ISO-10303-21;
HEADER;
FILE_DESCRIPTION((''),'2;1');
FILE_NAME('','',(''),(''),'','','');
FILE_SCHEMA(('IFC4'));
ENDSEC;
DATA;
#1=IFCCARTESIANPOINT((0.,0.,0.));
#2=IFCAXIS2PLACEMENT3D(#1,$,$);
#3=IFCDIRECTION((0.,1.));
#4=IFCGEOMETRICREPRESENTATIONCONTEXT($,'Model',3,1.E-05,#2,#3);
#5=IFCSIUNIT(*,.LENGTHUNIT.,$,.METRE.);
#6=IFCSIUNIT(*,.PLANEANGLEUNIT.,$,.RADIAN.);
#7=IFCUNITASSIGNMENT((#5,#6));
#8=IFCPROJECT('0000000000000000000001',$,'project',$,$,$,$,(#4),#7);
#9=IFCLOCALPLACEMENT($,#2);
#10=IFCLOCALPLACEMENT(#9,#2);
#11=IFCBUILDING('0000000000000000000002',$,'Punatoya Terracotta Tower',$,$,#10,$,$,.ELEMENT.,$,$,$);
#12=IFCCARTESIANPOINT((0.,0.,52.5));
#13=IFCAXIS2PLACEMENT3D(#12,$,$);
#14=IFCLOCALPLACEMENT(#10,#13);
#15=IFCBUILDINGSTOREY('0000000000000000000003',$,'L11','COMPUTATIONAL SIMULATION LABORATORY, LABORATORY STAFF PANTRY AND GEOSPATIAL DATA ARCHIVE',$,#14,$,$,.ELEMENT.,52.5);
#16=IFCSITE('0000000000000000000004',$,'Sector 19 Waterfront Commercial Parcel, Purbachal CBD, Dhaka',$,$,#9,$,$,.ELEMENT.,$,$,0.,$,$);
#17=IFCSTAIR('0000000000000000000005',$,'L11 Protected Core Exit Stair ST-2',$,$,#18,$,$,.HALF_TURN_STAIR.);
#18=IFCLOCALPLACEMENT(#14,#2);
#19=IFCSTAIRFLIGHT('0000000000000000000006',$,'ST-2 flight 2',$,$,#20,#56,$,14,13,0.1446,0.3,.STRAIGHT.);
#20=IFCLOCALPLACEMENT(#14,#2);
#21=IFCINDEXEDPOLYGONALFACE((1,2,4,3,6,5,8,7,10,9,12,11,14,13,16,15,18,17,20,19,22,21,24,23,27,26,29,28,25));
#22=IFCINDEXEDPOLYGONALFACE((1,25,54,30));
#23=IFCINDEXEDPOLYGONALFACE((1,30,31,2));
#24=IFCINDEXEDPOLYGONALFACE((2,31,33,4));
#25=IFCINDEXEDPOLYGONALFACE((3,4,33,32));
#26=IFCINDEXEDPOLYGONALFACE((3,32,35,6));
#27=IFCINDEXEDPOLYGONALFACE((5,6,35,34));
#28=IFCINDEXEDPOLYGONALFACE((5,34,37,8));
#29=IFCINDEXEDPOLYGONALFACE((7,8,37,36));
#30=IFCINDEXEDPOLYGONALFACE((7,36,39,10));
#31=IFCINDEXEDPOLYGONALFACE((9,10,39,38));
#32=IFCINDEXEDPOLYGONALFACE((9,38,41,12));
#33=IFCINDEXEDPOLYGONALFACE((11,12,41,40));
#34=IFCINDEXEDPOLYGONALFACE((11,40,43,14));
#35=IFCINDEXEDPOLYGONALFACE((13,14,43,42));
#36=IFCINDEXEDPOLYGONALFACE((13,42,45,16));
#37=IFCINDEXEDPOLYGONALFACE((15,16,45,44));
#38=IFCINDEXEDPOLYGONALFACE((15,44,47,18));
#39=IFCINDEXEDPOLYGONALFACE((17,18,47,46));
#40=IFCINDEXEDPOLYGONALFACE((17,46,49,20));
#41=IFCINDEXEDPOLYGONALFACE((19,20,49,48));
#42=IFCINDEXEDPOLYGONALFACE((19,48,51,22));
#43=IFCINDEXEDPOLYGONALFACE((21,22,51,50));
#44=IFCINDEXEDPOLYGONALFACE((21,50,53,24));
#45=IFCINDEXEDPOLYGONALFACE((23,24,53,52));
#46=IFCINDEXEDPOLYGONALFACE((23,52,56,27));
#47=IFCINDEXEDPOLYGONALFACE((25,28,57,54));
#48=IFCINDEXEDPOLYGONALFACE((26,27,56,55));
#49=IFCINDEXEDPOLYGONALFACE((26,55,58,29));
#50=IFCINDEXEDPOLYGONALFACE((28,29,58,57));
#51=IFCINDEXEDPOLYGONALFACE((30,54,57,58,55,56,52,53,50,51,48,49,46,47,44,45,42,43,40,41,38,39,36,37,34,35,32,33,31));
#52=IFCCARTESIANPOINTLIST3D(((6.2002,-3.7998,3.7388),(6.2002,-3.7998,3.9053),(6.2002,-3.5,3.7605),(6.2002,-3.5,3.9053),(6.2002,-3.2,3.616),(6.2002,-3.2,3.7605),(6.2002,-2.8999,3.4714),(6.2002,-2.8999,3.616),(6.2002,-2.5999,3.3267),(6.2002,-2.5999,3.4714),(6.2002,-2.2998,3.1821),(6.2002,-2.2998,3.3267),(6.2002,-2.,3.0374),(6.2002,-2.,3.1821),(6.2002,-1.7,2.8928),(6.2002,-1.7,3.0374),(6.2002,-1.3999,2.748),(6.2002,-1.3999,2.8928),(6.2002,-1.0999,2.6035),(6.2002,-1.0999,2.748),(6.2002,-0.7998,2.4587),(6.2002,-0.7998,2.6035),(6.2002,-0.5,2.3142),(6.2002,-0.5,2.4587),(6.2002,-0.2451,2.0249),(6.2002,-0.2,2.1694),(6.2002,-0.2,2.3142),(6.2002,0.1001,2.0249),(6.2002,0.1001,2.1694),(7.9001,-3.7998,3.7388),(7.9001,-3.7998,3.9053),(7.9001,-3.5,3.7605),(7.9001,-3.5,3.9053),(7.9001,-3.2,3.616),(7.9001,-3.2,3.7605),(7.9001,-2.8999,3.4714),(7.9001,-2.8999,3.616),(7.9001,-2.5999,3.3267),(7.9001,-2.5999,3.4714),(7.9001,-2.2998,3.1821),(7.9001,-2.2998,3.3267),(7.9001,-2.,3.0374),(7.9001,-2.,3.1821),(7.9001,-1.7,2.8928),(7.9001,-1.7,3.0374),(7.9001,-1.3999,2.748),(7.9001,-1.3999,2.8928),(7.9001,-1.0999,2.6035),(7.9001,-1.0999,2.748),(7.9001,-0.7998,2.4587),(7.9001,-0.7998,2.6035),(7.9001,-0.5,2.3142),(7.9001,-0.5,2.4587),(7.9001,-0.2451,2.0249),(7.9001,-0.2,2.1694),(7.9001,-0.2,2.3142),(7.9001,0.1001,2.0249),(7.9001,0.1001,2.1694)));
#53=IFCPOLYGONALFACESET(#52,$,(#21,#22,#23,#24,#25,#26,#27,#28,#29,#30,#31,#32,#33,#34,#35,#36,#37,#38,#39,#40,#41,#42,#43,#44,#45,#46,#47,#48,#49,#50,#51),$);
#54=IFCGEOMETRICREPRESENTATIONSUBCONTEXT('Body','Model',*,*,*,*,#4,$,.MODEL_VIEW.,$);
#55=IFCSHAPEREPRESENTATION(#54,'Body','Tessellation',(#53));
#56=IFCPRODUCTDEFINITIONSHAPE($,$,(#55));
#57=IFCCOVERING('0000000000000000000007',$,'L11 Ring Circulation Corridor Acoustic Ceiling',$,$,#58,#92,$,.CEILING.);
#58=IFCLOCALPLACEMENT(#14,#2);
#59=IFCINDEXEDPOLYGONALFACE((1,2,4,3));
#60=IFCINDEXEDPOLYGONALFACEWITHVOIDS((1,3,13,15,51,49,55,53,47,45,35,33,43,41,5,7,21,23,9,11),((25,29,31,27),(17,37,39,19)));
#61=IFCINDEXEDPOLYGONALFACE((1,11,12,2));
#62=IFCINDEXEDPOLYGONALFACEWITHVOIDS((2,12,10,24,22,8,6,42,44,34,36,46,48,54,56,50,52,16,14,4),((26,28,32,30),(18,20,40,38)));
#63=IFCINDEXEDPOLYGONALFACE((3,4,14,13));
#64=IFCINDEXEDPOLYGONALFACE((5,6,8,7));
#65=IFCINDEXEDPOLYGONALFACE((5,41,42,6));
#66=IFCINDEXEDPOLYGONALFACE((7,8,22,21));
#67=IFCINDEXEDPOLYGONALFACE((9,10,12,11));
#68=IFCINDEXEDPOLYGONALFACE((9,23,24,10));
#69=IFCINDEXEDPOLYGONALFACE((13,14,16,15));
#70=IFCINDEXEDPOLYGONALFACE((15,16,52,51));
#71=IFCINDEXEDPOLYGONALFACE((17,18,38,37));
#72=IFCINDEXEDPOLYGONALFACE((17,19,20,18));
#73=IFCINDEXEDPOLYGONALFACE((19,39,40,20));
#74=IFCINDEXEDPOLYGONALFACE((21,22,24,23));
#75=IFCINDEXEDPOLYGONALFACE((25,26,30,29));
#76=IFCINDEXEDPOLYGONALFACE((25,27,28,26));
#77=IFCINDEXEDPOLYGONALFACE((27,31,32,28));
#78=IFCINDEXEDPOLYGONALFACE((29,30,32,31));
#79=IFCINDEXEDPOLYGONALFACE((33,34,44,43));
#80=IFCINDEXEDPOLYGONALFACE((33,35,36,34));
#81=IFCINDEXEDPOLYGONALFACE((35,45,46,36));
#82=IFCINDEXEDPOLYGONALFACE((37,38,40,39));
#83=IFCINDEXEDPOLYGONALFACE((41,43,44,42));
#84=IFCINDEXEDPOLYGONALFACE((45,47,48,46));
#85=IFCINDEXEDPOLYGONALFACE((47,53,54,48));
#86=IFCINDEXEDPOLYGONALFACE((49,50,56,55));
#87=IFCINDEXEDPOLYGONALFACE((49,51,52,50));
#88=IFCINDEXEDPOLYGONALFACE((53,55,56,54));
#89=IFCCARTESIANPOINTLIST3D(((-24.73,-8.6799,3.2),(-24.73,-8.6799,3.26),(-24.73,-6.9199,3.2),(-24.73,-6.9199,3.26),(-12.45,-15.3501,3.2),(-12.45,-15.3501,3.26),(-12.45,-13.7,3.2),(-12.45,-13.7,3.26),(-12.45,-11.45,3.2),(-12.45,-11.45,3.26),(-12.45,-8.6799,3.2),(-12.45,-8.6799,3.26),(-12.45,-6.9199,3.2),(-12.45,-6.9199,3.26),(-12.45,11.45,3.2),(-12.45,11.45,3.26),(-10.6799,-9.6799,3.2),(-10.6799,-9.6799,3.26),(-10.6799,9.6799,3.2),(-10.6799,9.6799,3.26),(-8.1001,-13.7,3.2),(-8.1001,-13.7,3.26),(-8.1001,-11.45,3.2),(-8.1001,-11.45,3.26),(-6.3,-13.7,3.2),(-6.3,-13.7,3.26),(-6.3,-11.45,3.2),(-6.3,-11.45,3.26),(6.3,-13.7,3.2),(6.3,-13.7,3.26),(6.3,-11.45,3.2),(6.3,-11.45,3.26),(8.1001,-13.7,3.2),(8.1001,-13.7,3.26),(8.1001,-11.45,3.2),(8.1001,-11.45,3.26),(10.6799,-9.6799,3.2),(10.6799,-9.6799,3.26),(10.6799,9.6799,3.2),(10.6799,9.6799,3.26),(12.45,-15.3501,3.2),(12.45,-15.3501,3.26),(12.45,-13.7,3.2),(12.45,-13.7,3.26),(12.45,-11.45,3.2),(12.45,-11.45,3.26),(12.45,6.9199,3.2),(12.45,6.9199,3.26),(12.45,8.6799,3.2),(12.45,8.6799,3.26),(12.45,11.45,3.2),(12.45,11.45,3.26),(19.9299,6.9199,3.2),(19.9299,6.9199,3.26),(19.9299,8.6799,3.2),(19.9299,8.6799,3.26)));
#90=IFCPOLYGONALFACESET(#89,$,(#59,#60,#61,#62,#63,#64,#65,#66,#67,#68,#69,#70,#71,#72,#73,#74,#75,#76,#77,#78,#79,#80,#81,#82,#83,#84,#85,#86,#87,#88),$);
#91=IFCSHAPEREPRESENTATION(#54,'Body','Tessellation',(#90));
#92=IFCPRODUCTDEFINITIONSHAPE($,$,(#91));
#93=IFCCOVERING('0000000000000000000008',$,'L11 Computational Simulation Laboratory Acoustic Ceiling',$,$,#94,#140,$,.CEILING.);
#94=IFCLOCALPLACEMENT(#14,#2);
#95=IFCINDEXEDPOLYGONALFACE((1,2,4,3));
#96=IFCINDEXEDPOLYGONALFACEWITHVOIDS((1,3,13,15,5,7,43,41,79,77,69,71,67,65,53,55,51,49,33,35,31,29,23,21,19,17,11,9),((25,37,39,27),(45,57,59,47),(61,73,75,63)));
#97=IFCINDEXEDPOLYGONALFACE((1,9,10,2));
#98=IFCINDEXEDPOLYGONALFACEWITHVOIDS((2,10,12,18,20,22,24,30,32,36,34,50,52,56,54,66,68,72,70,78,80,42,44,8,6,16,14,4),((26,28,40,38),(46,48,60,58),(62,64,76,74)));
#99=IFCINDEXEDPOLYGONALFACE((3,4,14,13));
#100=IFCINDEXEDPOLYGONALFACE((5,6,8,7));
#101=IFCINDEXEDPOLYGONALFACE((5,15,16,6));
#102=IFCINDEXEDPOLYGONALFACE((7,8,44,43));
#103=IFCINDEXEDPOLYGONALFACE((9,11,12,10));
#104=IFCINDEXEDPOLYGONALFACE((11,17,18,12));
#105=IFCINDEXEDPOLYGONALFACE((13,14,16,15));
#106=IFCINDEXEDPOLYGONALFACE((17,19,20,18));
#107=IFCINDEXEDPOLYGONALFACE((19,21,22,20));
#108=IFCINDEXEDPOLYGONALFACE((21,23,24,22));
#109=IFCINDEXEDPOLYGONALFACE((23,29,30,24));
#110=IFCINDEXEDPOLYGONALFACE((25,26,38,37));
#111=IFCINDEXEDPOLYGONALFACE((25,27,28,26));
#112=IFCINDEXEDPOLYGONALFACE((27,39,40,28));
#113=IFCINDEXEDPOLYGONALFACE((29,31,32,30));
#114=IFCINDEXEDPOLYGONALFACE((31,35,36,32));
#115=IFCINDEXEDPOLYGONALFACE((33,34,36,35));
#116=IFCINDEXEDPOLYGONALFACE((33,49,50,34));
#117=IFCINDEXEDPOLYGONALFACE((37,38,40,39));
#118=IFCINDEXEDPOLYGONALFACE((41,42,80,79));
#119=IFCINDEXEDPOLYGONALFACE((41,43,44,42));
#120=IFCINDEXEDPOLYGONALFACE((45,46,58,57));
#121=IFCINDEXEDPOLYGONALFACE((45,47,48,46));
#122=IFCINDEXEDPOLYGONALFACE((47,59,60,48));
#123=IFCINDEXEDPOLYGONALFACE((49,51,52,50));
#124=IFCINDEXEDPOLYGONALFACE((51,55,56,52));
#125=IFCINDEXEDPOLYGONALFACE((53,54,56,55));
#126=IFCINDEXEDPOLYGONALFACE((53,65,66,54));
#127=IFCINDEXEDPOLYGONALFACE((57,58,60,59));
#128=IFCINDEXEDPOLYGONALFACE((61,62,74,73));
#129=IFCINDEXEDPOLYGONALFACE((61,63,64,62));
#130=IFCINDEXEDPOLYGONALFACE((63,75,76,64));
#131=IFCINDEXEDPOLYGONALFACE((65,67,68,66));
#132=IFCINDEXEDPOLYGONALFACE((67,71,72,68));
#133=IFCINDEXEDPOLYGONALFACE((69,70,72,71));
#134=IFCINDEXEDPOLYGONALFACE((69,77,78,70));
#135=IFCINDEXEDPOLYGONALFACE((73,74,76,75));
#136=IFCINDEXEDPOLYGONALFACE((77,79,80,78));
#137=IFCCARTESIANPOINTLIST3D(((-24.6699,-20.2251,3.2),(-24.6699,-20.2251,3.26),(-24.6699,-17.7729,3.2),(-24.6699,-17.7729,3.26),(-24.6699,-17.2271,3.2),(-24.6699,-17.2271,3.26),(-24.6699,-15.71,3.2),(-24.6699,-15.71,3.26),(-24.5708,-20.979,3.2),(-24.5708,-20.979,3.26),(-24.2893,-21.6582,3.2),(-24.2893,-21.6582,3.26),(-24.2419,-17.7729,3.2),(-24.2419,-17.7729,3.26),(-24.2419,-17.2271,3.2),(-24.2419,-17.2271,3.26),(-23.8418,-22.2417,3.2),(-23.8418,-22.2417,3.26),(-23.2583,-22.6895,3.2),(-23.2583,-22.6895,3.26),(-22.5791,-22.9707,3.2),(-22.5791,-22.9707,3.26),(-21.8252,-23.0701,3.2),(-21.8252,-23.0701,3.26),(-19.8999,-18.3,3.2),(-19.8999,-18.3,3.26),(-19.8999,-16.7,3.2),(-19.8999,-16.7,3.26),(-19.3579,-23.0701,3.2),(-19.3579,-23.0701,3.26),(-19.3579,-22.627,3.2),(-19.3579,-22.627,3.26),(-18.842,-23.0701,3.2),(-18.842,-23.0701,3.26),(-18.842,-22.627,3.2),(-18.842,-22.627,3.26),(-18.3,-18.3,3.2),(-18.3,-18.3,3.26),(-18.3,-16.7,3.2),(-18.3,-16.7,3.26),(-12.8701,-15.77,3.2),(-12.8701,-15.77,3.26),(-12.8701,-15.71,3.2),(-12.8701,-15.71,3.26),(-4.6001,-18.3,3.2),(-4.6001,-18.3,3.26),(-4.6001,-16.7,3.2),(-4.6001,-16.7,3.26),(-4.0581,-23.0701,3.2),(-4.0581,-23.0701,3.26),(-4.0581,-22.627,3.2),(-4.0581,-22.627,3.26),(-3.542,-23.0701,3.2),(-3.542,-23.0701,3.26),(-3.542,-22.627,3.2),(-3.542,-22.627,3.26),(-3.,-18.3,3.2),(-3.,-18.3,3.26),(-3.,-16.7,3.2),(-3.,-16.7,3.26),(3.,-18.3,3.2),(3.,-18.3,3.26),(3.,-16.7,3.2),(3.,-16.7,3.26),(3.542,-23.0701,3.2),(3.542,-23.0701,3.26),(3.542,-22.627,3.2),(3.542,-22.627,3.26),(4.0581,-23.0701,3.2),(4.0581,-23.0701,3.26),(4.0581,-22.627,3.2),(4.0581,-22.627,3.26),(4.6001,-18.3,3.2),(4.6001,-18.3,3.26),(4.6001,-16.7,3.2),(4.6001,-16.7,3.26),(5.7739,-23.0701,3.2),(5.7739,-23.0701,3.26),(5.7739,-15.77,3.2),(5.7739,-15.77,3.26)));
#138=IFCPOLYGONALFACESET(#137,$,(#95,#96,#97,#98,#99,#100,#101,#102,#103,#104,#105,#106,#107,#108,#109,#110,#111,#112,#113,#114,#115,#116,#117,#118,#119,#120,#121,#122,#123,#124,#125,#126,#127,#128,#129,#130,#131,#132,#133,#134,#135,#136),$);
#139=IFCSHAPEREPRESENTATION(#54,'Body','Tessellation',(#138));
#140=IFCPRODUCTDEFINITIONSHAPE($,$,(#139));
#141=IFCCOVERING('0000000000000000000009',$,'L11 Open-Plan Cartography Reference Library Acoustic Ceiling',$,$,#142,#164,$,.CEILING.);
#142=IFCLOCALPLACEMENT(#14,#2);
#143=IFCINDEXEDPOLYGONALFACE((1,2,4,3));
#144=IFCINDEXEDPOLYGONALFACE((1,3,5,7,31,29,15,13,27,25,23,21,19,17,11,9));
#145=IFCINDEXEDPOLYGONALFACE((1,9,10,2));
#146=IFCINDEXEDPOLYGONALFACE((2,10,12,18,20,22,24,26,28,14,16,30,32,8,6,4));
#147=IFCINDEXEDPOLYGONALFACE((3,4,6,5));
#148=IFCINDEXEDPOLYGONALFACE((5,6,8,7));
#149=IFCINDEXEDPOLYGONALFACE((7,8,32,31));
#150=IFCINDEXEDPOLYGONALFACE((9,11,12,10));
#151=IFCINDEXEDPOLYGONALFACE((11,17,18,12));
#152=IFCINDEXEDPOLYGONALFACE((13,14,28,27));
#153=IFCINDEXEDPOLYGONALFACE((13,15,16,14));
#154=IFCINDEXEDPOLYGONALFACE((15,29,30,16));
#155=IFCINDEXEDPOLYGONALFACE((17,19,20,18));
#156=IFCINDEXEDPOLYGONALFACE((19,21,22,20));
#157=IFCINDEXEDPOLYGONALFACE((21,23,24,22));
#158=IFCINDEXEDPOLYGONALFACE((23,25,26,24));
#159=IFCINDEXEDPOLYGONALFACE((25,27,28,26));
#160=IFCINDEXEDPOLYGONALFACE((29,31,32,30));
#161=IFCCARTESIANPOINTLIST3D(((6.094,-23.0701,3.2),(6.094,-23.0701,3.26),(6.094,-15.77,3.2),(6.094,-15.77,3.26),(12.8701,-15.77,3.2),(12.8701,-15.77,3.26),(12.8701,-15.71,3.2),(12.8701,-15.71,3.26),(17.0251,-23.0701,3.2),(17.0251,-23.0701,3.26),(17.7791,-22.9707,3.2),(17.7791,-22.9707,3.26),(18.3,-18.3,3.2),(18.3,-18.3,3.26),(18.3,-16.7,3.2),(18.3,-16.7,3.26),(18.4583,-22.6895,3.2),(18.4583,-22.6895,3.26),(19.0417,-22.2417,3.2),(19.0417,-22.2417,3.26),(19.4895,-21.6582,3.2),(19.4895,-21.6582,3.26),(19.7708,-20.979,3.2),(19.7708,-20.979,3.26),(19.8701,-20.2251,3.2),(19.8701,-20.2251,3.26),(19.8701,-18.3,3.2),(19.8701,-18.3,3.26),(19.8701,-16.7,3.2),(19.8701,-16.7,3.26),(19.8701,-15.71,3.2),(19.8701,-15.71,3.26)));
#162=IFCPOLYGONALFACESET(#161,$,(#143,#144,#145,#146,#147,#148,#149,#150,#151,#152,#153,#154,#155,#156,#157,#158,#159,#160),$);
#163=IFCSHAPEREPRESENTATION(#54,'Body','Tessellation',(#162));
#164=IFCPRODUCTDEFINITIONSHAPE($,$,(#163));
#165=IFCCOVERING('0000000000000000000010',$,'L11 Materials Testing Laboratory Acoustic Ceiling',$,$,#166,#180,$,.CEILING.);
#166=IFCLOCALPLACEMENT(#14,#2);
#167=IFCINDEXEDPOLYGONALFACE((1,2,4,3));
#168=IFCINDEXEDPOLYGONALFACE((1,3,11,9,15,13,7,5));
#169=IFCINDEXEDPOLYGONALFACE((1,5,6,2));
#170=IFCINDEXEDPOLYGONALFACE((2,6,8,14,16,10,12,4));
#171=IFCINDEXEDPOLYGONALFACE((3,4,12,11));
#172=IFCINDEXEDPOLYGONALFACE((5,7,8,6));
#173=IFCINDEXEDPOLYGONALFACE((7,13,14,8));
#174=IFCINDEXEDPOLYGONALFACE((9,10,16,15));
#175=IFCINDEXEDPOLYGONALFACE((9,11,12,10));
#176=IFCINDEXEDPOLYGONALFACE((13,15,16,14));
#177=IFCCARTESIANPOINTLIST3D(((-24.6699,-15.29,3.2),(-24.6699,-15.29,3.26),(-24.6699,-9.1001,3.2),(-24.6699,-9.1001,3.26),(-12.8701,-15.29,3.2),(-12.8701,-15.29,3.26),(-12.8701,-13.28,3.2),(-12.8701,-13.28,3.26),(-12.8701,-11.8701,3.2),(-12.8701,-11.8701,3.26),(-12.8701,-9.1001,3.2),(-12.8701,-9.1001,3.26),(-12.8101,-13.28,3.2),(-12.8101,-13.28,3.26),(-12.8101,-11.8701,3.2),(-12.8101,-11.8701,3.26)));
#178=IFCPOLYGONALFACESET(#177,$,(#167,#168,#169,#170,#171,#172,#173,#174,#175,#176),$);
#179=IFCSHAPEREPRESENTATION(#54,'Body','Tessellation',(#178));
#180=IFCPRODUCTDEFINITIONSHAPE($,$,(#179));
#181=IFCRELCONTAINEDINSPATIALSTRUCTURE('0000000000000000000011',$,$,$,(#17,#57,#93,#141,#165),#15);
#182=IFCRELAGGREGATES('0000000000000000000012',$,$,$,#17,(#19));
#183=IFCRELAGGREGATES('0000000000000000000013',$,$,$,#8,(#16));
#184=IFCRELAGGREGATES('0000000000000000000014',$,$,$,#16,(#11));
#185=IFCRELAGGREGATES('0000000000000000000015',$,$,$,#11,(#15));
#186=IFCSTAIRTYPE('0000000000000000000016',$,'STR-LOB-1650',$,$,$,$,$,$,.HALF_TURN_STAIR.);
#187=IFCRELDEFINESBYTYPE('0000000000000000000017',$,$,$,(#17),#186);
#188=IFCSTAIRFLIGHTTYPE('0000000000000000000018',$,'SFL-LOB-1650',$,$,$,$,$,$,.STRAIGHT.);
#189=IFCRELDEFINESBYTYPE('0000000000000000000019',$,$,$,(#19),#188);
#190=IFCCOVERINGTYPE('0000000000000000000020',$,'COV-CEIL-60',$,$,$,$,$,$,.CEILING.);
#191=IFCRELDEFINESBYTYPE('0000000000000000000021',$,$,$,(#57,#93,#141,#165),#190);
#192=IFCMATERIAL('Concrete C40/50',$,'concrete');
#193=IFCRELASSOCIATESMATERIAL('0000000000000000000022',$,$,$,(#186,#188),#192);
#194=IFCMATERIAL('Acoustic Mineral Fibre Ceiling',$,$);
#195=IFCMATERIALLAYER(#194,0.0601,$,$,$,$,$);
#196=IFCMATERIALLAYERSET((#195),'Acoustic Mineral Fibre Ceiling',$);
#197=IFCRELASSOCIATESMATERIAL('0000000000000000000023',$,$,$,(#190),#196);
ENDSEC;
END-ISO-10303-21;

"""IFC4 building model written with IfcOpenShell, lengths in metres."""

from ifc_helpers import new_model, si_unit, direction, frame, origin, place, context, subcontext, project, spatial, polyline, outline, extrude, material, layer, layer_set, type_object, element, aggregate, save


model = new_model("IFC4")

# Units and contexts
model_context = context("Model", 3, precision=1e-05, world=origin(), true_north=direction((0.0, 1.0)))
body_context = subcontext(model_context, "Body", "Model", "MODEL_VIEW")
ifc_project = project(units=[si_unit("LENGTHUNIT", "METRE"), si_unit("PLANEANGLEUNIT", "RADIAN")], contexts=[model_context])

# Site, building, storey
site_placement = place(None, origin())
site = spatial("IfcSite", under=ifc_project, at=site_placement, Name="Sector 19 Waterfront Commercial Parcel, Purbachal CBD, Dhaka", CompositionType="ELEMENT", RefElevation=0.0)
building_placement = place(site_placement, origin())
building = spatial("IfcBuilding", under=site, at=building_placement, Name="Punatoya Terracotta Tower", CompositionType="ELEMENT")
storey_placement = place(building_placement, frame((0.0, 0.0, 52.5)))
storey = spatial("IfcBuildingStorey", under=building, at=storey_placement, Name="L11", Description="COMPUTATIONAL SIMULATION LABORATORY, LABORATORY STAFF PANTRY AND GEOSPATIAL DATA ARCHIVE", CompositionType="ELEMENT", Elevation=52.5)

# Shared definitions
ifc_material_1 = material(Name="Concrete C40/50", Category="concrete")

# Stair, stair flight
stair_type_1 = type_object("IfcStairType", Name="STR-LOB-1650", PredefinedType="HALF_TURN_STAIR", material=ifc_material_1)
stair_1_placement = place(storey_placement, origin())
stair_1 = element("IfcStair", 1, at=stair_1_placement, inside=storey, type_object=stair_type_1, Name="L11 Protected Core Exit Stair ST-2", PredefinedType="HALF_TURN_STAIR")
stair_flight_type = type_object("IfcStairFlightType", Name="SFL-LOB-1650", PredefinedType="STRAIGHT", material=ifc_material_1)
stair_flight_placement = place(storey_placement, frame((7.05, 0.1001, 2.0249), z_axis=(0.0, 0.0, 1.0), x_axis=(0.0, -1.0, 0.0)))
stair_flight = element("IfcStairFlight", 2, at=stair_flight_placement, type_object=stair_flight_type, Name="ST-2 flight 2", NumberOfRisers=14, NumberOfTreads=13, PredefinedType="STRAIGHT", RiserHeight=0.1446, TreadLength=0.3, context=body_context, shape_type="SweptSolid", body=[
    extrude(outline(polyline([(0.0, 0.0), (0.0, 0.1445), (0.3, 0.1445), (0.3, 0.2893), (0.6001, 0.2893), (0.6001, 0.4338), (0.8999, 0.4338), (0.8999, 0.5786), (1.2, 0.5786), (1.2, 0.7231), (1.5, 0.7231), (1.5, 0.8679), (1.8, 0.8679), (1.8, 1.0125), (2.1001, 1.0125), (2.1001, 1.1572), (2.3999, 1.1572), (2.3999, 1.3018), (2.7, 1.3018), (2.7, 1.4465), (3.0, 1.4465), (3.0, 1.5911), (3.3, 1.5911), (3.3, 1.7356), (3.6001, 1.7356), (3.6001, 1.8804), (3.8999, 1.8804), (3.8999, 2.0249), (3.8999, 1.7139), (0.3452, 0.0), (0.0, 0.0)])), frame((0.0, 0.8501, 0.0), z_axis=(0.0, -1.0, 0.0), x_axis=(1.0, 0.0, 0.0)), (0.0, 0.0, 1.0), 1.7),
])
aggregate(stair_1, [stair_flight])

# Coverings
ifc_material_2 = material(Name="Acoustic Mineral Fibre Ceiling")
ifc_layer_1 = layer(ifc_material_2, 0.0601)
ifc_layer_set_1 = layer_set([ifc_layer_1], Name="Acoustic Mineral Fibre Ceiling")
covering_type = type_object("IfcCoveringType", Name="COV-CEIL-60", PredefinedType="CEILING", material=ifc_layer_set_1)
covering_1_placement = place(storey_placement, frame((0.0, 0.0, 3.2)))
element("IfcCovering", 3, at=covering_1_placement, inside=storey, type_object=covering_type, Name="L11 Ring Circulation Corridor Acoustic Ceiling", PredefinedType="CEILING", context=body_context, shape_type="SweptSolid", body=[
    extrude(outline(polyline([(-12.45, -15.3501), (12.45, -15.3501), (12.45, -13.7), (8.1001, -13.7), (8.1001, -11.45), (12.45, -11.45), (12.45, 6.9199), (19.9299, 6.9199), (19.9299, 8.6799), (12.45, 8.6799), (12.45, 11.45), (-12.45, 11.45), (-12.45, -6.9199), (-24.73, -6.9199), (-24.73, -8.6799), (-12.45, -8.6799), (-12.45, -11.45), (-8.1001, -11.45), (-8.1001, -13.7), (-12.45, -13.7), (-12.45, -15.3501)]), holes=[polyline([(10.6799, 9.6799), (10.6799, -9.6799), (-10.6799, -9.6799), (-10.6799, 9.6799), (10.6799, 9.6799)]), polyline([(6.3, -13.7), (-6.3, -13.7), (-6.3, -11.45), (6.3, -11.45), (6.3, -13.7)])]), origin(), (0.0, 0.0, 1.0), 0.0601),
])
covering_2_placement = place(storey_placement, frame((0.0, 0.0, 3.2)))
element("IfcCovering", 4, at=covering_2_placement, inside=storey, type_object=covering_type, Name="L11 Computational Simulation Laboratory Acoustic Ceiling", PredefinedType="CEILING", context=body_context, shape_type="SweptSolid", body=[
    extrude(outline(polyline([(-12.8701, -15.77), (-12.8701, -15.71), (-24.6699, -15.71), (-24.6699, -17.2271), (-24.2419, -17.2271), (-24.2419, -17.7729), (-24.6699, -17.7729), (-24.6699, -20.2251), (-24.5708, -20.979), (-24.2893, -21.6582), (-23.8418, -22.2417), (-23.2583, -22.6895), (-22.5791, -22.9707), (-21.8252, -23.0701), (-19.3579, -23.0701), (-19.3579, -22.627), (-18.842, -22.627), (-18.842, -23.0701), (-4.0581, -23.0701), (-4.0581, -22.627), (-3.542, -22.627), (-3.542, -23.0701), (3.542, -23.0701), (3.542, -22.627), (4.0581, -22.627), (4.0581, -23.0701), (5.7739, -23.0701), (5.7739, -15.77), (-12.8701, -15.77)]), holes=[polyline([(4.6001, -16.7), (4.6001, -18.3), (3.0, -18.3), (3.0, -16.7), (4.6001, -16.7)]), polyline([(-4.6001, -16.7), (-3.0, -16.7), (-3.0, -18.3), (-4.6001, -18.3), (-4.6001, -16.7)]), polyline([(-19.8999, -18.3), (-19.8999, -16.7), (-18.3, -16.7), (-18.3, -18.3), (-19.8999, -18.3)])]), origin(), (0.0, 0.0, 1.0), 0.0601),
])
covering_3_placement = place(storey_placement, frame((0.0, 0.0, 3.2)))
element("IfcCovering", 5, at=covering_3_placement, inside=storey, type_object=covering_type, Name="L11 Open-Plan Cartography Reference Library Acoustic Ceiling", PredefinedType="CEILING", context=body_context, shape_type="SweptSolid", body=[
    extrude(outline(polyline([(12.8701, -15.77), (6.094, -15.77), (6.094, -23.0701), (17.0251, -23.0701), (17.7791, -22.9707), (18.4583, -22.6895), (19.0417, -22.2417), (19.4895, -21.6582), (19.7708, -20.979), (19.8701, -20.2251), (19.8701, -18.3), (18.3, -18.3), (18.3, -16.7), (19.8701, -16.7), (19.8701, -15.71), (12.8701, -15.71), (12.8701, -15.77)])), origin(), (0.0, 0.0, 1.0), 0.0601),
])
covering_4_placement = place(storey_placement, frame((0.0, 0.0, 3.2)))
element("IfcCovering", 6, at=covering_4_placement, inside=storey, type_object=covering_type, Name="L11 Materials Testing Laboratory Acoustic Ceiling", PredefinedType="CEILING", context=body_context, shape_type="SweptSolid", body=[
    extrude(outline(polyline([(-12.8701, -13.28), (-12.8101, -13.28), (-12.8101, -11.8701), (-12.8701, -11.8701), (-12.8701, -9.1001), (-24.6699, -9.1001), (-24.6699, -15.29), (-12.8701, -15.29), (-12.8701, -13.28)])), origin(), (0.0, 0.0, 1.0), 0.0601),
])

save(model, "model.ifc")
